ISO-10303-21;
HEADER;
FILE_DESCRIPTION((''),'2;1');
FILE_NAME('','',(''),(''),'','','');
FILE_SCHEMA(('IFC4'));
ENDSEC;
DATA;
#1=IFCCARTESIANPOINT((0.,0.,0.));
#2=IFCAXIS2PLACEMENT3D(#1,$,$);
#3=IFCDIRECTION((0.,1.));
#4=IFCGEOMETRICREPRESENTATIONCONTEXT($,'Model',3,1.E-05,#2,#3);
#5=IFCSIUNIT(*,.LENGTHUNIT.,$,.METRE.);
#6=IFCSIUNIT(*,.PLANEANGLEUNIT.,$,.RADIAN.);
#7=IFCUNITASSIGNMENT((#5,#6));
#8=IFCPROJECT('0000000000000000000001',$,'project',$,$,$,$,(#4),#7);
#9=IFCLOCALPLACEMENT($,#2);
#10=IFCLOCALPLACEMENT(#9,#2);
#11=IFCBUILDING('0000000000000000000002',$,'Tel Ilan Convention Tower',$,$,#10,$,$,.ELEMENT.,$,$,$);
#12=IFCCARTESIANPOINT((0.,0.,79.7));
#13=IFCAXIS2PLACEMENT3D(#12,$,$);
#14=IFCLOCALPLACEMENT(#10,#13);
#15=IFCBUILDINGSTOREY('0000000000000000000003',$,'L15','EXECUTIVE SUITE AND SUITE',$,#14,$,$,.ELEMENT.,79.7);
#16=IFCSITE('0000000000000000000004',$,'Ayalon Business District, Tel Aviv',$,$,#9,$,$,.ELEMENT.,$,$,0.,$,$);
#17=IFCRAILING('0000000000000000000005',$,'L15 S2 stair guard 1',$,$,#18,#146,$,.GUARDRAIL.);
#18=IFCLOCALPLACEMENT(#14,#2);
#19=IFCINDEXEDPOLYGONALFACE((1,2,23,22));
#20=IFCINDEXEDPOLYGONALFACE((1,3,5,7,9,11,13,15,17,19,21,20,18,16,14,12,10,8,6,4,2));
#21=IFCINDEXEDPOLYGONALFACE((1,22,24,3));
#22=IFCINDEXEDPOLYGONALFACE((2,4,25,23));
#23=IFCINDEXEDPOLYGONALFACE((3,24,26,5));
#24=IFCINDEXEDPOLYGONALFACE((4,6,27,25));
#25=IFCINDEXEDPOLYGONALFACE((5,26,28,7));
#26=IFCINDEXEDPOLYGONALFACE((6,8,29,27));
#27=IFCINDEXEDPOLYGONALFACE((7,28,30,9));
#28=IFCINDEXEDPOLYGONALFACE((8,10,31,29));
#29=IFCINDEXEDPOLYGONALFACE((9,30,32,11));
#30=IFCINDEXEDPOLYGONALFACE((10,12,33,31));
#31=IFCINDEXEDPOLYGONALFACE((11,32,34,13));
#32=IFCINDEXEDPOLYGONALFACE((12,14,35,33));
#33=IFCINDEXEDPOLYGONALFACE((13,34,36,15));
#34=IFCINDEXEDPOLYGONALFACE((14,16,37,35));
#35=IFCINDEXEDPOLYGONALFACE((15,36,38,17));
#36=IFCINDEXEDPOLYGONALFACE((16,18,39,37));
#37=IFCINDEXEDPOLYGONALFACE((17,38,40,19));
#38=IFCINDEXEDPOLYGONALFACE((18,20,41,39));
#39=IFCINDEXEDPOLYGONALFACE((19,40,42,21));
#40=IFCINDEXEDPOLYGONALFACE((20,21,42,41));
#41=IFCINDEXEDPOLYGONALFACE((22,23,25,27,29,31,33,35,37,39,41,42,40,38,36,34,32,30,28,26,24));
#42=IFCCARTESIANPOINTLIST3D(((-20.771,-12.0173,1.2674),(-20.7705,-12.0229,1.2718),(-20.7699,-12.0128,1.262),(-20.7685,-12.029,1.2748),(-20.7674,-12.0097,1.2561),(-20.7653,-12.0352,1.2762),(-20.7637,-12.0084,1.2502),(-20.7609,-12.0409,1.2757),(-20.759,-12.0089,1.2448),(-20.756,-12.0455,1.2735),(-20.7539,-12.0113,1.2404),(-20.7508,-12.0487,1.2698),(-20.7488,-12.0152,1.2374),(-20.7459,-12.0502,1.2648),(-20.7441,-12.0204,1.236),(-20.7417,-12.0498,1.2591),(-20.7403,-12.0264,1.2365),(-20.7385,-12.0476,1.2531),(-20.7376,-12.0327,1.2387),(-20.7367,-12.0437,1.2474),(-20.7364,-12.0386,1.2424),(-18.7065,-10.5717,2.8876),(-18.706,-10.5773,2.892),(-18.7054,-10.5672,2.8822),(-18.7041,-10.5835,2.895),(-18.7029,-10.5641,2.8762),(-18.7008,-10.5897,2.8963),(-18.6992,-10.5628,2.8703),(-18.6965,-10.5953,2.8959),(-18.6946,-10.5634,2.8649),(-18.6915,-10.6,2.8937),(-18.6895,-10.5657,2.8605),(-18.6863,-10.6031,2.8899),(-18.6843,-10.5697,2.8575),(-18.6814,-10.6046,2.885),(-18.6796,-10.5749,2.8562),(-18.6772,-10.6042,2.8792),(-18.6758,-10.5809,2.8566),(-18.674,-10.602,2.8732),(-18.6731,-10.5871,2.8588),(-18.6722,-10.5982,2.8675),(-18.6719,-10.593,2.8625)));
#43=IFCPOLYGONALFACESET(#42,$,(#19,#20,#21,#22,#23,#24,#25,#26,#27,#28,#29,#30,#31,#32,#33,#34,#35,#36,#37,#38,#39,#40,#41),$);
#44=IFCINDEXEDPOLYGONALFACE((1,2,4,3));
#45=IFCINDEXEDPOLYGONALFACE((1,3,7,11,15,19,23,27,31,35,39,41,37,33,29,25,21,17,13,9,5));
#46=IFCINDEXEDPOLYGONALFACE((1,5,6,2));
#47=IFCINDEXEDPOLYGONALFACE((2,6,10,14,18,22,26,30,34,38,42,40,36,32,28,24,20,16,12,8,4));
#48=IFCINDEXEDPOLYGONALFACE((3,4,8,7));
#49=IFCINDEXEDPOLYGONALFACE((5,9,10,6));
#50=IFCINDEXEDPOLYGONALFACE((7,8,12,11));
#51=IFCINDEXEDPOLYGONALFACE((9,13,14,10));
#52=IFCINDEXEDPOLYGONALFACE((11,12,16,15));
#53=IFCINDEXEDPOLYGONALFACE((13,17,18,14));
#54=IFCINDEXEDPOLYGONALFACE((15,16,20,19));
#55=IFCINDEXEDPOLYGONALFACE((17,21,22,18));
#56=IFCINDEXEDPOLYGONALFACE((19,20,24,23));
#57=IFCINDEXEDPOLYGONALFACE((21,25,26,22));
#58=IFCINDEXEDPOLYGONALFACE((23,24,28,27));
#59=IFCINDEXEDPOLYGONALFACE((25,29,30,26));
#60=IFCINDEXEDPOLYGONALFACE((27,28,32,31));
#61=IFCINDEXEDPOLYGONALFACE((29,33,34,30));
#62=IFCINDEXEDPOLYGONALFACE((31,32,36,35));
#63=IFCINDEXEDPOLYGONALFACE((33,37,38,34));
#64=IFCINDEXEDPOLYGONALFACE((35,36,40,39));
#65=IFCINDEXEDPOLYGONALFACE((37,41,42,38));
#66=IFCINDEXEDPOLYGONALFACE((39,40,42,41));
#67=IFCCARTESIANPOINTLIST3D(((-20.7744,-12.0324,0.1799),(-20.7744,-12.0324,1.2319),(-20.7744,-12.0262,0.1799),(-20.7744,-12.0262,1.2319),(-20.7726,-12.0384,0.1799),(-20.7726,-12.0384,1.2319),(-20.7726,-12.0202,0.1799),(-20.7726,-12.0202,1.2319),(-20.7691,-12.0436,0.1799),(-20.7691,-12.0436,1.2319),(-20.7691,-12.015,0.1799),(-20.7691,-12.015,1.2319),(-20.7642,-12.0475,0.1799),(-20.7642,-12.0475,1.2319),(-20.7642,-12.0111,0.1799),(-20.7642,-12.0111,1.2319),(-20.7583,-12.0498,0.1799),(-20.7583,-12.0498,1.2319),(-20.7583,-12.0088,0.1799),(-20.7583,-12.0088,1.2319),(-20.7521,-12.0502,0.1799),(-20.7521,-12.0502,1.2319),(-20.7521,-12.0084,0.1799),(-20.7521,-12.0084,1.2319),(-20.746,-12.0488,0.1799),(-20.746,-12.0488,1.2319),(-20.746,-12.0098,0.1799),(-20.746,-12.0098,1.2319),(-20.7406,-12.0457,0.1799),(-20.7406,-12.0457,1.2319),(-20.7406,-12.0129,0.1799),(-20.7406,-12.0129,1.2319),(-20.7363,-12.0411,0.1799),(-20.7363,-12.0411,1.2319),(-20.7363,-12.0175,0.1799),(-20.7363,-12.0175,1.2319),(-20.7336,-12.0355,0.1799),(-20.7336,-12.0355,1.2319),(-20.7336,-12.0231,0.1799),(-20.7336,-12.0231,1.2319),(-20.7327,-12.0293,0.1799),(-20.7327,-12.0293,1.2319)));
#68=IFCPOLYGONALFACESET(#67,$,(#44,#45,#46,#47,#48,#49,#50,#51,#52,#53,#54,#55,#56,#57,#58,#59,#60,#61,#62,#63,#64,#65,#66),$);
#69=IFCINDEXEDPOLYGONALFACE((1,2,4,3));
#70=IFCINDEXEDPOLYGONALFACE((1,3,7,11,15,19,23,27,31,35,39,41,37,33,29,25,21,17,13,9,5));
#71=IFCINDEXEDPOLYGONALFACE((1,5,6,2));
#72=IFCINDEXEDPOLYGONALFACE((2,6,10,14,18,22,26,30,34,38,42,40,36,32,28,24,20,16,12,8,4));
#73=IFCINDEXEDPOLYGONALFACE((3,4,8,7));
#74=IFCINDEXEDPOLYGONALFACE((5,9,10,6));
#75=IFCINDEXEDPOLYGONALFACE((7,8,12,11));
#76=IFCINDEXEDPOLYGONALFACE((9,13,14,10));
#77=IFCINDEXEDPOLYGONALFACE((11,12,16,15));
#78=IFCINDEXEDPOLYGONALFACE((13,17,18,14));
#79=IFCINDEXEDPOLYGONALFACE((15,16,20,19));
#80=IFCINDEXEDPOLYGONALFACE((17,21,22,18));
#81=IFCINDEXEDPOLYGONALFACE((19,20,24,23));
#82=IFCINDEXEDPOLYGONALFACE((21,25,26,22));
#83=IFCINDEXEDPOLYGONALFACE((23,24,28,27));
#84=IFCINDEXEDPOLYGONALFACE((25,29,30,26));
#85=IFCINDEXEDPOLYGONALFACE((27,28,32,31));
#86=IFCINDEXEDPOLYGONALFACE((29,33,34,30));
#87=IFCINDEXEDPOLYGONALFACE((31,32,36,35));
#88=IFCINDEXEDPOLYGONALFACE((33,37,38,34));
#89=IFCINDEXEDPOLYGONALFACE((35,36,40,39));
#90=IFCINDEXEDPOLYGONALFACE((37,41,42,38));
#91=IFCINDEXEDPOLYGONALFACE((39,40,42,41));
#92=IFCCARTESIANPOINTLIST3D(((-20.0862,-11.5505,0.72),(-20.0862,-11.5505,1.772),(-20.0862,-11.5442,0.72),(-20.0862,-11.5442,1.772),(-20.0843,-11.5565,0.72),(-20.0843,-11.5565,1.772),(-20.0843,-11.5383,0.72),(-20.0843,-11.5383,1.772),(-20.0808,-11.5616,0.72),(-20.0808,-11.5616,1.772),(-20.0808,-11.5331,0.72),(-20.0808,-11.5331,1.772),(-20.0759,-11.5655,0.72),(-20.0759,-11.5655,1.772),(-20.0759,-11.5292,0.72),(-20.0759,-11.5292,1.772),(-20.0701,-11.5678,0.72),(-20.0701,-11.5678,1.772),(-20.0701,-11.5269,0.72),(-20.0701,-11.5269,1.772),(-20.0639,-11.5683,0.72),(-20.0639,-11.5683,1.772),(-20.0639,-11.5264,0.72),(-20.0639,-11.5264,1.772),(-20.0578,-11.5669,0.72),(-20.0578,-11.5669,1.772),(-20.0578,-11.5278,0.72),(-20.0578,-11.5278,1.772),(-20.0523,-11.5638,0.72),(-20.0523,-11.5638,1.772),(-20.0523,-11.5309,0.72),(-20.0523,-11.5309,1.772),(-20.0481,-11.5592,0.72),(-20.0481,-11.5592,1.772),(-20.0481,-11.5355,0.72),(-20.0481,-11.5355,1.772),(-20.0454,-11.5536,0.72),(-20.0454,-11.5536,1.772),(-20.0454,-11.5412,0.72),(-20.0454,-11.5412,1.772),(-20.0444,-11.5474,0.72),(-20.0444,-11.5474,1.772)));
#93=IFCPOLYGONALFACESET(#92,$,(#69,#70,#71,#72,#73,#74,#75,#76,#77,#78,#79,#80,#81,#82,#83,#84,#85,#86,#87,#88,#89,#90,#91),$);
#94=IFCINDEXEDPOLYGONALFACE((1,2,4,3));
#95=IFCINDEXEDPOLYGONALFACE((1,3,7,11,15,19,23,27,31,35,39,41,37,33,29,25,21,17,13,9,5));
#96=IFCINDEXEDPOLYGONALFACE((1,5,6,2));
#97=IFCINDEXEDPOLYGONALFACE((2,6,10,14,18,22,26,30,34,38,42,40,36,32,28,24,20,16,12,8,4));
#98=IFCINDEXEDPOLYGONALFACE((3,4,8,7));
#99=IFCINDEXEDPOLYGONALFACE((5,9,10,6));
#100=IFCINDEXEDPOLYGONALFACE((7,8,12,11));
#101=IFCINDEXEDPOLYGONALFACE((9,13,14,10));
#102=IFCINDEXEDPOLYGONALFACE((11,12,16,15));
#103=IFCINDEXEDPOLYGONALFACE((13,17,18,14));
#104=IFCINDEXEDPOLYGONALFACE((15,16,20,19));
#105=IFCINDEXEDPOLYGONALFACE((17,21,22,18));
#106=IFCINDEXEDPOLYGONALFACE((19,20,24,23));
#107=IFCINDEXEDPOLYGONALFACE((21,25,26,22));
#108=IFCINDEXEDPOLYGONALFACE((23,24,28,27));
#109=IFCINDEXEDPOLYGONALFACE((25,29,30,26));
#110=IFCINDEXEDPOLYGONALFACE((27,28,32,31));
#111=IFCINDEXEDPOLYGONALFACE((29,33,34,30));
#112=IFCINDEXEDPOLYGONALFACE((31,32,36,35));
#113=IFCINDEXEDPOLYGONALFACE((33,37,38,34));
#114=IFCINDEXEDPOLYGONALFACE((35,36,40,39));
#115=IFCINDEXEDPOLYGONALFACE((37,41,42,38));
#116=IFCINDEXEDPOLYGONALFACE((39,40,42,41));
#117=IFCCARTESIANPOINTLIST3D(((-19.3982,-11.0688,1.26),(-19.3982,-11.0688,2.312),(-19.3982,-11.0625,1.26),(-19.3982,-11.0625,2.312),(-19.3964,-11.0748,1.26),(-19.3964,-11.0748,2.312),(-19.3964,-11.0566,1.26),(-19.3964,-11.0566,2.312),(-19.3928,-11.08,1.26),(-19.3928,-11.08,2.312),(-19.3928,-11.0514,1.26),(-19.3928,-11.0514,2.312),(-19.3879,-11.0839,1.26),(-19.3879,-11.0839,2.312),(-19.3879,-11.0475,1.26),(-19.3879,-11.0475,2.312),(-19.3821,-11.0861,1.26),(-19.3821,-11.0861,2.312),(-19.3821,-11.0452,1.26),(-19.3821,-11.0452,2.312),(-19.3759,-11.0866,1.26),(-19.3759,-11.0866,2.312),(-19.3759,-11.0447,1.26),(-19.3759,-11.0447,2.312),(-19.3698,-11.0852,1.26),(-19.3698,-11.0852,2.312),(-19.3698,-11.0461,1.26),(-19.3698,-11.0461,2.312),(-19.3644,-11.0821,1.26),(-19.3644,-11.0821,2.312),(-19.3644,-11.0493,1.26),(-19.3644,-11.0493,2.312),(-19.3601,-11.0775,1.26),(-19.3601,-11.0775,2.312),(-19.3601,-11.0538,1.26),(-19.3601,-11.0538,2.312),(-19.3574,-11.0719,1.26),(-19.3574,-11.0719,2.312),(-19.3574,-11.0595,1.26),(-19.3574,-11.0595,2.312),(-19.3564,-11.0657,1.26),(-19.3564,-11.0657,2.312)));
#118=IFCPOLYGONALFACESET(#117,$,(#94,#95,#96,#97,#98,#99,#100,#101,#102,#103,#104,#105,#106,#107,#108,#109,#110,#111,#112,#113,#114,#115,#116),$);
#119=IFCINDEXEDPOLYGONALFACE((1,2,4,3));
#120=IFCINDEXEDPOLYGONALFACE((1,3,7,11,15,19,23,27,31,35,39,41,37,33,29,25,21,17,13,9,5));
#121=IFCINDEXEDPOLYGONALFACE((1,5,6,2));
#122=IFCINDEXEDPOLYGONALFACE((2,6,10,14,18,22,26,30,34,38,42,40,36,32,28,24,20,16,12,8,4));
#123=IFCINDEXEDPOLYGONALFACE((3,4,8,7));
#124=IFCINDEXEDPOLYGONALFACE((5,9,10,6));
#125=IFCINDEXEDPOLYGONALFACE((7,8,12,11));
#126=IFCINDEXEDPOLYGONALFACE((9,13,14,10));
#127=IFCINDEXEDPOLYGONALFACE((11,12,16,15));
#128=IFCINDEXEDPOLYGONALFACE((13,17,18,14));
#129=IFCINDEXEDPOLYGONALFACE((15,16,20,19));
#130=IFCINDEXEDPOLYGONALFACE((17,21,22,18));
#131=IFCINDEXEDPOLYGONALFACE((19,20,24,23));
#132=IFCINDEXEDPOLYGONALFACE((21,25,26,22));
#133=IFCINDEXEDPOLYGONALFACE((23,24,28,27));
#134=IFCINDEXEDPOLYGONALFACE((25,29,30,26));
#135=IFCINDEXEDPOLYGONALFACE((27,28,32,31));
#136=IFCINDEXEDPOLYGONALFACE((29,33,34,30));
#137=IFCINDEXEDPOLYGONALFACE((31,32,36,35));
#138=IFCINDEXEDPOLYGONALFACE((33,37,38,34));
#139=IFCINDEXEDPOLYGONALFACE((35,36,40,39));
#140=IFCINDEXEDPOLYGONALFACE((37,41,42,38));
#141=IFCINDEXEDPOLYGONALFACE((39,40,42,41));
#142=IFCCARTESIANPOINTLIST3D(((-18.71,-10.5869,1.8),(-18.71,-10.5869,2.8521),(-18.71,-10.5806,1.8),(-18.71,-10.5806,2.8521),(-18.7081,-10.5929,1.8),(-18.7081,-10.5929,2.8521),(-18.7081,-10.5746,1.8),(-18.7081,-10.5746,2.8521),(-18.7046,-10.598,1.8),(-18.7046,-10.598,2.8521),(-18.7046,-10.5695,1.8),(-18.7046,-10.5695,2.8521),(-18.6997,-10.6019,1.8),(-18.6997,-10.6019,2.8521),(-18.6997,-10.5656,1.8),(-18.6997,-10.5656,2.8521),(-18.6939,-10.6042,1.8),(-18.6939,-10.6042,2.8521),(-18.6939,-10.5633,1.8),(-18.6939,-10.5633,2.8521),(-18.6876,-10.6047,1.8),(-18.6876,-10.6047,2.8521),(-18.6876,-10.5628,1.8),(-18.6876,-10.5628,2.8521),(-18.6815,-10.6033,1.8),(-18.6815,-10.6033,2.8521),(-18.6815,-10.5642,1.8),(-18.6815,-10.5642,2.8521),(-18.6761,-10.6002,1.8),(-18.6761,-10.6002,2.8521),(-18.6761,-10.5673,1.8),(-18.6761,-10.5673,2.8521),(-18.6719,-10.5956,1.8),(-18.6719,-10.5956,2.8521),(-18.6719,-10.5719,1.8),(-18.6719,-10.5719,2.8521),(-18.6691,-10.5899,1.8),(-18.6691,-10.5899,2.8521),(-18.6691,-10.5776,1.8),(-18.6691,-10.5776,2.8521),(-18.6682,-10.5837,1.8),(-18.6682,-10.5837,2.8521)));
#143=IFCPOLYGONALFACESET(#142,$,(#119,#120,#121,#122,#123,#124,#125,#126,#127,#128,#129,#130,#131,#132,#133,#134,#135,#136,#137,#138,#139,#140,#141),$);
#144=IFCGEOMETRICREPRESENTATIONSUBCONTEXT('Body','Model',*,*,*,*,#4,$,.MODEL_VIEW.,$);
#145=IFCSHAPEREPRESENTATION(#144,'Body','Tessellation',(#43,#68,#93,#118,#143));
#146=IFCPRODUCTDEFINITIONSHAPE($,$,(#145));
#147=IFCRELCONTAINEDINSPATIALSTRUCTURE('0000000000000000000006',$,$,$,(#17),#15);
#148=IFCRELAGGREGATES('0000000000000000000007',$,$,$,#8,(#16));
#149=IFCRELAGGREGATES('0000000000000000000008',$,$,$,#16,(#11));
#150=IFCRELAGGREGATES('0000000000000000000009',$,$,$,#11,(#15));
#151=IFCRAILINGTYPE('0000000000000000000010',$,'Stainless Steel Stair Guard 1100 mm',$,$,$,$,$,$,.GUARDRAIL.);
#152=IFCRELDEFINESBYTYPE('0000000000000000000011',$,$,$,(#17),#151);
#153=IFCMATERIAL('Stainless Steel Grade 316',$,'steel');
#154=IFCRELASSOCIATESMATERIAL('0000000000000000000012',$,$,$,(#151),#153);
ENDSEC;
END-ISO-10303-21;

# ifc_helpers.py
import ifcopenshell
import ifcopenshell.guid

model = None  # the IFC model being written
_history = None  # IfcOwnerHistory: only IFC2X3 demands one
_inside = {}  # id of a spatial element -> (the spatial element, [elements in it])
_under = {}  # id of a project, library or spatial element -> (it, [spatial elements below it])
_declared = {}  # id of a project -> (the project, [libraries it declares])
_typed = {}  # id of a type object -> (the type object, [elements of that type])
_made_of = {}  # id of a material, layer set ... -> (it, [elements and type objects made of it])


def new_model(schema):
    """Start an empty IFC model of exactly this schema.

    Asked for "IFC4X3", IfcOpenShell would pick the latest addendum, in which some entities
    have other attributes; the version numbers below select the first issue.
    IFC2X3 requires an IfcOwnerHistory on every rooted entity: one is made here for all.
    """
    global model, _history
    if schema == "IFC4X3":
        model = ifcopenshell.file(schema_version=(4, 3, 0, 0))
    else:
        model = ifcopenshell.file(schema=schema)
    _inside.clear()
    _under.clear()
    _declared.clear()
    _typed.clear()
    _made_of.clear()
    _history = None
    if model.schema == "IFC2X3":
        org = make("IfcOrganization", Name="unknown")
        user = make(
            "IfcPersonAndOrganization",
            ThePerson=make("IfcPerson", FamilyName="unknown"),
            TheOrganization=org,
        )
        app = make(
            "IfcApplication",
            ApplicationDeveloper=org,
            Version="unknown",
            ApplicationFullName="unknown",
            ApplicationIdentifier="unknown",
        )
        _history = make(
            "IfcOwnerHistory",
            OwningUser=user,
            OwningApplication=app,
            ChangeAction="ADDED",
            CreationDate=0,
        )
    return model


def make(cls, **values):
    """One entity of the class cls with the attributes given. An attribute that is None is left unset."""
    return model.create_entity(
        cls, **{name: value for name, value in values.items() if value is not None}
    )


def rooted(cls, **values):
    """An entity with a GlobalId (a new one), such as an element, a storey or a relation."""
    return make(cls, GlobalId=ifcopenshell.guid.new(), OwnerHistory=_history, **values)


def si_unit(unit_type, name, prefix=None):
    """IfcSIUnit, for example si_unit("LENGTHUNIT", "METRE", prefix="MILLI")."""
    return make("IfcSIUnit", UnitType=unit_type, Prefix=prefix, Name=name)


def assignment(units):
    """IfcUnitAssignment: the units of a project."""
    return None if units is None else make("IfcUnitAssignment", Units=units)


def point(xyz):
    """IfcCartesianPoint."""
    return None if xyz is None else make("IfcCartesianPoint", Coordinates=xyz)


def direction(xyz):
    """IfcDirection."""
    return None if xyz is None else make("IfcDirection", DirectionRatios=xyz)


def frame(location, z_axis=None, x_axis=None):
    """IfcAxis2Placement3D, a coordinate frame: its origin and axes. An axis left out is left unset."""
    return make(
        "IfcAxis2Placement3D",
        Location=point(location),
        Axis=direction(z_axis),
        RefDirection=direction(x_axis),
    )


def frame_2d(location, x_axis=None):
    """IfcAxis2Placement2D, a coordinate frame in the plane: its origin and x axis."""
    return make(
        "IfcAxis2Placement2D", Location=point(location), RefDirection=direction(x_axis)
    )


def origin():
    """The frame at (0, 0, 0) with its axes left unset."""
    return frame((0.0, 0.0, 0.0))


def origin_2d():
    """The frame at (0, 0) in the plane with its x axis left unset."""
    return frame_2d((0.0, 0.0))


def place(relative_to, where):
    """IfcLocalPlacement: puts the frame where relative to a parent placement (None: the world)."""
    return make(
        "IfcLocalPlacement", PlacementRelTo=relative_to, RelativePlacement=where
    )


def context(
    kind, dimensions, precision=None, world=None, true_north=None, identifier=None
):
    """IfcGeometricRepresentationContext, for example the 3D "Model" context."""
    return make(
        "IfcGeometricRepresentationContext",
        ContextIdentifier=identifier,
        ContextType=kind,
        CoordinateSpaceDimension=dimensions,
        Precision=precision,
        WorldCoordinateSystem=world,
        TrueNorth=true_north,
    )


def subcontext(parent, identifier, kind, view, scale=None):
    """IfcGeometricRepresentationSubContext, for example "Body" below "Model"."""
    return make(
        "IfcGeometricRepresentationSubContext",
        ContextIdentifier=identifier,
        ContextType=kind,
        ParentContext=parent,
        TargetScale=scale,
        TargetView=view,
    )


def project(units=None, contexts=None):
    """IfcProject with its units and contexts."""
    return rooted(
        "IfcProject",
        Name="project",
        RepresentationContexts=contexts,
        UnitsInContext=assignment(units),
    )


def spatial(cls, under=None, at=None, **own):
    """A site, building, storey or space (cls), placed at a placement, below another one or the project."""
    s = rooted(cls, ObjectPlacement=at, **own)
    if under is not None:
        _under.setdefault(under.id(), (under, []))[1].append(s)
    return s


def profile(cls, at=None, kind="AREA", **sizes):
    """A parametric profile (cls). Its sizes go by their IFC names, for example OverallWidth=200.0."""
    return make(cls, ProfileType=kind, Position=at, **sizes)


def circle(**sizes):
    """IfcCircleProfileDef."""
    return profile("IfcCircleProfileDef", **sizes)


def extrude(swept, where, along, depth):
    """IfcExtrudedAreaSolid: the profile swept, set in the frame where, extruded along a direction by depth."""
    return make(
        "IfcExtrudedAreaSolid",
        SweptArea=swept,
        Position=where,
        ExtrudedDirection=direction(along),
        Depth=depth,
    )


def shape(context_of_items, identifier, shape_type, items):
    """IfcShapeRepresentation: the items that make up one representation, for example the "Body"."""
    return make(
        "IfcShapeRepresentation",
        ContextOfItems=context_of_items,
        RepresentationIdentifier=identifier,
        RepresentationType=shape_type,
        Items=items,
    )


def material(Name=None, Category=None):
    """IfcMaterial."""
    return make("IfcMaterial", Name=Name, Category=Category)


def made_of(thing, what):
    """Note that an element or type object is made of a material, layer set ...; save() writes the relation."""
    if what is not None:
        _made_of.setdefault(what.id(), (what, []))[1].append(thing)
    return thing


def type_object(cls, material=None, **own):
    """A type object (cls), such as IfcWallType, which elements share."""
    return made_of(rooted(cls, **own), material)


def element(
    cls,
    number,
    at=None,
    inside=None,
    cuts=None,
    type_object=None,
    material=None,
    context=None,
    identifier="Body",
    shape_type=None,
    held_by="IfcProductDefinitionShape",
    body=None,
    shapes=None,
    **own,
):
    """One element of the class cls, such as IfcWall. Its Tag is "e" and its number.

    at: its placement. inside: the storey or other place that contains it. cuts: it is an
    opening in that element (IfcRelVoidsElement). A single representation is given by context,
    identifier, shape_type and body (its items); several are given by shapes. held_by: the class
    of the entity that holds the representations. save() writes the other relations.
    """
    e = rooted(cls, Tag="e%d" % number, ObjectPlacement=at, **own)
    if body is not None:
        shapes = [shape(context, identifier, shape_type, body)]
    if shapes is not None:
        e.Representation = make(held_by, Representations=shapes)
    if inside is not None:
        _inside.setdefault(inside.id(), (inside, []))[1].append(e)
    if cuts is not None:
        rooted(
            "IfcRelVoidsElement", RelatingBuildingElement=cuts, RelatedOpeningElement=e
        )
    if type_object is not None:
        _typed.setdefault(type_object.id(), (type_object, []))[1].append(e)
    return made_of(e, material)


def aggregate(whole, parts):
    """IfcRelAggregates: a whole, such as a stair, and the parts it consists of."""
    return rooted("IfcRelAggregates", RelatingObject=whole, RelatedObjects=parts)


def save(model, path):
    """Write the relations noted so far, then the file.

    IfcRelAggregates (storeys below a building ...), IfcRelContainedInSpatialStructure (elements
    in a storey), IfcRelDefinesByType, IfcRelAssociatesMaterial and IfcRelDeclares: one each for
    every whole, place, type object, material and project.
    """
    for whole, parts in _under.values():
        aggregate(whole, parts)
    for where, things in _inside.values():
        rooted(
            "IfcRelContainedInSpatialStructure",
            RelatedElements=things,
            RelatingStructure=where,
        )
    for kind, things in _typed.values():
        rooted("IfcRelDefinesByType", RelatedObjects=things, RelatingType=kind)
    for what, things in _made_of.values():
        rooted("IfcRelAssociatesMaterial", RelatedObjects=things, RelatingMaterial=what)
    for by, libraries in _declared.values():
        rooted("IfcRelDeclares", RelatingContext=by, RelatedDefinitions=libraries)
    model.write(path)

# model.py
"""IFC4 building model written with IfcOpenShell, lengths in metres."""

from ifc_helpers import new_model, si_unit, direction, frame, origin, origin_2d, place, context, subcontext, project, spatial, circle, extrude, material, type_object, element, save


model = new_model("IFC4")

# Units and contexts
model_context = context("Model", 3, precision=1e-05, world=origin(), true_north=direction((0.0, 1.0)))
body_context = subcontext(model_context, "Body", "Model", "MODEL_VIEW")
ifc_project = project(units=[si_unit("LENGTHUNIT", "METRE"), si_unit("PLANEANGLEUNIT", "RADIAN")], contexts=[model_context])

# Site, building, storey
site_placement = place(None, origin())
site = spatial("IfcSite", under=ifc_project, at=site_placement, Name="Ayalon Business District, Tel Aviv", CompositionType="ELEMENT", RefElevation=0.0)
building_placement = place(site_placement, origin())
building = spatial("IfcBuilding", under=site, at=building_placement, Name="Tel Ilan Convention Tower", CompositionType="ELEMENT")
storey_placement = place(building_placement, frame((0.0, 0.0, 79.7)))
storey = spatial("IfcBuildingStorey", under=building, at=storey_placement, Name="L15", Description="EXECUTIVE SUITE AND SUITE", CompositionType="ELEMENT", Elevation=79.7)

# Railing
ifc_material_1 = material(Name="Stainless Steel Grade 316", Category="steel")
railing_type_1 = type_object("IfcRailingType", Name="Stainless Steel Stair Guard 1100 mm", PredefinedType="GUARDRAIL", material=ifc_material_1)
railing_1_placement = place(storey_placement, frame((-20.7537, -12.0293, 0.1799)))
element("IfcRailing", 1, at=railing_1_placement, inside=storey, type_object=railing_type_1, Name="L15 S2 stair guard 1", PredefinedType="GUARDRAIL", context=body_context, shape_type="SweptSolid", body=[
    extrude(circle(Radius=0.0239, at=origin_2d()), frame((0.0, 0.0, 1.0762), z_axis=(0.689056, 0.482486, 0.540749), x_axis=(-0.573579, 0.81915, 0.0)), (0.0, 0.0, 1.0), 2.9961),
    extrude(circle(Radius=0.021, at=origin_2d()), origin(), (0.0, 0.0, 1.0), 1.052),
    extrude(circle(Radius=0.021, at=origin_2d()), frame((0.6882, 0.4819, 0.54)), (0.0, 0.0, 1.0), 1.052),
    extrude(circle(Radius=0.021, at=origin_2d()), frame((1.3762, 0.9636, 1.0801)), (0.0, 0.0, 1.0), 1.052),
    extrude(circle(Radius=0.021, at=origin_2d()), frame((2.0645, 1.4456, 1.6201)), (0.0, 0.0, 1.0), 1.052),
])

save(model, "model.ifc")
